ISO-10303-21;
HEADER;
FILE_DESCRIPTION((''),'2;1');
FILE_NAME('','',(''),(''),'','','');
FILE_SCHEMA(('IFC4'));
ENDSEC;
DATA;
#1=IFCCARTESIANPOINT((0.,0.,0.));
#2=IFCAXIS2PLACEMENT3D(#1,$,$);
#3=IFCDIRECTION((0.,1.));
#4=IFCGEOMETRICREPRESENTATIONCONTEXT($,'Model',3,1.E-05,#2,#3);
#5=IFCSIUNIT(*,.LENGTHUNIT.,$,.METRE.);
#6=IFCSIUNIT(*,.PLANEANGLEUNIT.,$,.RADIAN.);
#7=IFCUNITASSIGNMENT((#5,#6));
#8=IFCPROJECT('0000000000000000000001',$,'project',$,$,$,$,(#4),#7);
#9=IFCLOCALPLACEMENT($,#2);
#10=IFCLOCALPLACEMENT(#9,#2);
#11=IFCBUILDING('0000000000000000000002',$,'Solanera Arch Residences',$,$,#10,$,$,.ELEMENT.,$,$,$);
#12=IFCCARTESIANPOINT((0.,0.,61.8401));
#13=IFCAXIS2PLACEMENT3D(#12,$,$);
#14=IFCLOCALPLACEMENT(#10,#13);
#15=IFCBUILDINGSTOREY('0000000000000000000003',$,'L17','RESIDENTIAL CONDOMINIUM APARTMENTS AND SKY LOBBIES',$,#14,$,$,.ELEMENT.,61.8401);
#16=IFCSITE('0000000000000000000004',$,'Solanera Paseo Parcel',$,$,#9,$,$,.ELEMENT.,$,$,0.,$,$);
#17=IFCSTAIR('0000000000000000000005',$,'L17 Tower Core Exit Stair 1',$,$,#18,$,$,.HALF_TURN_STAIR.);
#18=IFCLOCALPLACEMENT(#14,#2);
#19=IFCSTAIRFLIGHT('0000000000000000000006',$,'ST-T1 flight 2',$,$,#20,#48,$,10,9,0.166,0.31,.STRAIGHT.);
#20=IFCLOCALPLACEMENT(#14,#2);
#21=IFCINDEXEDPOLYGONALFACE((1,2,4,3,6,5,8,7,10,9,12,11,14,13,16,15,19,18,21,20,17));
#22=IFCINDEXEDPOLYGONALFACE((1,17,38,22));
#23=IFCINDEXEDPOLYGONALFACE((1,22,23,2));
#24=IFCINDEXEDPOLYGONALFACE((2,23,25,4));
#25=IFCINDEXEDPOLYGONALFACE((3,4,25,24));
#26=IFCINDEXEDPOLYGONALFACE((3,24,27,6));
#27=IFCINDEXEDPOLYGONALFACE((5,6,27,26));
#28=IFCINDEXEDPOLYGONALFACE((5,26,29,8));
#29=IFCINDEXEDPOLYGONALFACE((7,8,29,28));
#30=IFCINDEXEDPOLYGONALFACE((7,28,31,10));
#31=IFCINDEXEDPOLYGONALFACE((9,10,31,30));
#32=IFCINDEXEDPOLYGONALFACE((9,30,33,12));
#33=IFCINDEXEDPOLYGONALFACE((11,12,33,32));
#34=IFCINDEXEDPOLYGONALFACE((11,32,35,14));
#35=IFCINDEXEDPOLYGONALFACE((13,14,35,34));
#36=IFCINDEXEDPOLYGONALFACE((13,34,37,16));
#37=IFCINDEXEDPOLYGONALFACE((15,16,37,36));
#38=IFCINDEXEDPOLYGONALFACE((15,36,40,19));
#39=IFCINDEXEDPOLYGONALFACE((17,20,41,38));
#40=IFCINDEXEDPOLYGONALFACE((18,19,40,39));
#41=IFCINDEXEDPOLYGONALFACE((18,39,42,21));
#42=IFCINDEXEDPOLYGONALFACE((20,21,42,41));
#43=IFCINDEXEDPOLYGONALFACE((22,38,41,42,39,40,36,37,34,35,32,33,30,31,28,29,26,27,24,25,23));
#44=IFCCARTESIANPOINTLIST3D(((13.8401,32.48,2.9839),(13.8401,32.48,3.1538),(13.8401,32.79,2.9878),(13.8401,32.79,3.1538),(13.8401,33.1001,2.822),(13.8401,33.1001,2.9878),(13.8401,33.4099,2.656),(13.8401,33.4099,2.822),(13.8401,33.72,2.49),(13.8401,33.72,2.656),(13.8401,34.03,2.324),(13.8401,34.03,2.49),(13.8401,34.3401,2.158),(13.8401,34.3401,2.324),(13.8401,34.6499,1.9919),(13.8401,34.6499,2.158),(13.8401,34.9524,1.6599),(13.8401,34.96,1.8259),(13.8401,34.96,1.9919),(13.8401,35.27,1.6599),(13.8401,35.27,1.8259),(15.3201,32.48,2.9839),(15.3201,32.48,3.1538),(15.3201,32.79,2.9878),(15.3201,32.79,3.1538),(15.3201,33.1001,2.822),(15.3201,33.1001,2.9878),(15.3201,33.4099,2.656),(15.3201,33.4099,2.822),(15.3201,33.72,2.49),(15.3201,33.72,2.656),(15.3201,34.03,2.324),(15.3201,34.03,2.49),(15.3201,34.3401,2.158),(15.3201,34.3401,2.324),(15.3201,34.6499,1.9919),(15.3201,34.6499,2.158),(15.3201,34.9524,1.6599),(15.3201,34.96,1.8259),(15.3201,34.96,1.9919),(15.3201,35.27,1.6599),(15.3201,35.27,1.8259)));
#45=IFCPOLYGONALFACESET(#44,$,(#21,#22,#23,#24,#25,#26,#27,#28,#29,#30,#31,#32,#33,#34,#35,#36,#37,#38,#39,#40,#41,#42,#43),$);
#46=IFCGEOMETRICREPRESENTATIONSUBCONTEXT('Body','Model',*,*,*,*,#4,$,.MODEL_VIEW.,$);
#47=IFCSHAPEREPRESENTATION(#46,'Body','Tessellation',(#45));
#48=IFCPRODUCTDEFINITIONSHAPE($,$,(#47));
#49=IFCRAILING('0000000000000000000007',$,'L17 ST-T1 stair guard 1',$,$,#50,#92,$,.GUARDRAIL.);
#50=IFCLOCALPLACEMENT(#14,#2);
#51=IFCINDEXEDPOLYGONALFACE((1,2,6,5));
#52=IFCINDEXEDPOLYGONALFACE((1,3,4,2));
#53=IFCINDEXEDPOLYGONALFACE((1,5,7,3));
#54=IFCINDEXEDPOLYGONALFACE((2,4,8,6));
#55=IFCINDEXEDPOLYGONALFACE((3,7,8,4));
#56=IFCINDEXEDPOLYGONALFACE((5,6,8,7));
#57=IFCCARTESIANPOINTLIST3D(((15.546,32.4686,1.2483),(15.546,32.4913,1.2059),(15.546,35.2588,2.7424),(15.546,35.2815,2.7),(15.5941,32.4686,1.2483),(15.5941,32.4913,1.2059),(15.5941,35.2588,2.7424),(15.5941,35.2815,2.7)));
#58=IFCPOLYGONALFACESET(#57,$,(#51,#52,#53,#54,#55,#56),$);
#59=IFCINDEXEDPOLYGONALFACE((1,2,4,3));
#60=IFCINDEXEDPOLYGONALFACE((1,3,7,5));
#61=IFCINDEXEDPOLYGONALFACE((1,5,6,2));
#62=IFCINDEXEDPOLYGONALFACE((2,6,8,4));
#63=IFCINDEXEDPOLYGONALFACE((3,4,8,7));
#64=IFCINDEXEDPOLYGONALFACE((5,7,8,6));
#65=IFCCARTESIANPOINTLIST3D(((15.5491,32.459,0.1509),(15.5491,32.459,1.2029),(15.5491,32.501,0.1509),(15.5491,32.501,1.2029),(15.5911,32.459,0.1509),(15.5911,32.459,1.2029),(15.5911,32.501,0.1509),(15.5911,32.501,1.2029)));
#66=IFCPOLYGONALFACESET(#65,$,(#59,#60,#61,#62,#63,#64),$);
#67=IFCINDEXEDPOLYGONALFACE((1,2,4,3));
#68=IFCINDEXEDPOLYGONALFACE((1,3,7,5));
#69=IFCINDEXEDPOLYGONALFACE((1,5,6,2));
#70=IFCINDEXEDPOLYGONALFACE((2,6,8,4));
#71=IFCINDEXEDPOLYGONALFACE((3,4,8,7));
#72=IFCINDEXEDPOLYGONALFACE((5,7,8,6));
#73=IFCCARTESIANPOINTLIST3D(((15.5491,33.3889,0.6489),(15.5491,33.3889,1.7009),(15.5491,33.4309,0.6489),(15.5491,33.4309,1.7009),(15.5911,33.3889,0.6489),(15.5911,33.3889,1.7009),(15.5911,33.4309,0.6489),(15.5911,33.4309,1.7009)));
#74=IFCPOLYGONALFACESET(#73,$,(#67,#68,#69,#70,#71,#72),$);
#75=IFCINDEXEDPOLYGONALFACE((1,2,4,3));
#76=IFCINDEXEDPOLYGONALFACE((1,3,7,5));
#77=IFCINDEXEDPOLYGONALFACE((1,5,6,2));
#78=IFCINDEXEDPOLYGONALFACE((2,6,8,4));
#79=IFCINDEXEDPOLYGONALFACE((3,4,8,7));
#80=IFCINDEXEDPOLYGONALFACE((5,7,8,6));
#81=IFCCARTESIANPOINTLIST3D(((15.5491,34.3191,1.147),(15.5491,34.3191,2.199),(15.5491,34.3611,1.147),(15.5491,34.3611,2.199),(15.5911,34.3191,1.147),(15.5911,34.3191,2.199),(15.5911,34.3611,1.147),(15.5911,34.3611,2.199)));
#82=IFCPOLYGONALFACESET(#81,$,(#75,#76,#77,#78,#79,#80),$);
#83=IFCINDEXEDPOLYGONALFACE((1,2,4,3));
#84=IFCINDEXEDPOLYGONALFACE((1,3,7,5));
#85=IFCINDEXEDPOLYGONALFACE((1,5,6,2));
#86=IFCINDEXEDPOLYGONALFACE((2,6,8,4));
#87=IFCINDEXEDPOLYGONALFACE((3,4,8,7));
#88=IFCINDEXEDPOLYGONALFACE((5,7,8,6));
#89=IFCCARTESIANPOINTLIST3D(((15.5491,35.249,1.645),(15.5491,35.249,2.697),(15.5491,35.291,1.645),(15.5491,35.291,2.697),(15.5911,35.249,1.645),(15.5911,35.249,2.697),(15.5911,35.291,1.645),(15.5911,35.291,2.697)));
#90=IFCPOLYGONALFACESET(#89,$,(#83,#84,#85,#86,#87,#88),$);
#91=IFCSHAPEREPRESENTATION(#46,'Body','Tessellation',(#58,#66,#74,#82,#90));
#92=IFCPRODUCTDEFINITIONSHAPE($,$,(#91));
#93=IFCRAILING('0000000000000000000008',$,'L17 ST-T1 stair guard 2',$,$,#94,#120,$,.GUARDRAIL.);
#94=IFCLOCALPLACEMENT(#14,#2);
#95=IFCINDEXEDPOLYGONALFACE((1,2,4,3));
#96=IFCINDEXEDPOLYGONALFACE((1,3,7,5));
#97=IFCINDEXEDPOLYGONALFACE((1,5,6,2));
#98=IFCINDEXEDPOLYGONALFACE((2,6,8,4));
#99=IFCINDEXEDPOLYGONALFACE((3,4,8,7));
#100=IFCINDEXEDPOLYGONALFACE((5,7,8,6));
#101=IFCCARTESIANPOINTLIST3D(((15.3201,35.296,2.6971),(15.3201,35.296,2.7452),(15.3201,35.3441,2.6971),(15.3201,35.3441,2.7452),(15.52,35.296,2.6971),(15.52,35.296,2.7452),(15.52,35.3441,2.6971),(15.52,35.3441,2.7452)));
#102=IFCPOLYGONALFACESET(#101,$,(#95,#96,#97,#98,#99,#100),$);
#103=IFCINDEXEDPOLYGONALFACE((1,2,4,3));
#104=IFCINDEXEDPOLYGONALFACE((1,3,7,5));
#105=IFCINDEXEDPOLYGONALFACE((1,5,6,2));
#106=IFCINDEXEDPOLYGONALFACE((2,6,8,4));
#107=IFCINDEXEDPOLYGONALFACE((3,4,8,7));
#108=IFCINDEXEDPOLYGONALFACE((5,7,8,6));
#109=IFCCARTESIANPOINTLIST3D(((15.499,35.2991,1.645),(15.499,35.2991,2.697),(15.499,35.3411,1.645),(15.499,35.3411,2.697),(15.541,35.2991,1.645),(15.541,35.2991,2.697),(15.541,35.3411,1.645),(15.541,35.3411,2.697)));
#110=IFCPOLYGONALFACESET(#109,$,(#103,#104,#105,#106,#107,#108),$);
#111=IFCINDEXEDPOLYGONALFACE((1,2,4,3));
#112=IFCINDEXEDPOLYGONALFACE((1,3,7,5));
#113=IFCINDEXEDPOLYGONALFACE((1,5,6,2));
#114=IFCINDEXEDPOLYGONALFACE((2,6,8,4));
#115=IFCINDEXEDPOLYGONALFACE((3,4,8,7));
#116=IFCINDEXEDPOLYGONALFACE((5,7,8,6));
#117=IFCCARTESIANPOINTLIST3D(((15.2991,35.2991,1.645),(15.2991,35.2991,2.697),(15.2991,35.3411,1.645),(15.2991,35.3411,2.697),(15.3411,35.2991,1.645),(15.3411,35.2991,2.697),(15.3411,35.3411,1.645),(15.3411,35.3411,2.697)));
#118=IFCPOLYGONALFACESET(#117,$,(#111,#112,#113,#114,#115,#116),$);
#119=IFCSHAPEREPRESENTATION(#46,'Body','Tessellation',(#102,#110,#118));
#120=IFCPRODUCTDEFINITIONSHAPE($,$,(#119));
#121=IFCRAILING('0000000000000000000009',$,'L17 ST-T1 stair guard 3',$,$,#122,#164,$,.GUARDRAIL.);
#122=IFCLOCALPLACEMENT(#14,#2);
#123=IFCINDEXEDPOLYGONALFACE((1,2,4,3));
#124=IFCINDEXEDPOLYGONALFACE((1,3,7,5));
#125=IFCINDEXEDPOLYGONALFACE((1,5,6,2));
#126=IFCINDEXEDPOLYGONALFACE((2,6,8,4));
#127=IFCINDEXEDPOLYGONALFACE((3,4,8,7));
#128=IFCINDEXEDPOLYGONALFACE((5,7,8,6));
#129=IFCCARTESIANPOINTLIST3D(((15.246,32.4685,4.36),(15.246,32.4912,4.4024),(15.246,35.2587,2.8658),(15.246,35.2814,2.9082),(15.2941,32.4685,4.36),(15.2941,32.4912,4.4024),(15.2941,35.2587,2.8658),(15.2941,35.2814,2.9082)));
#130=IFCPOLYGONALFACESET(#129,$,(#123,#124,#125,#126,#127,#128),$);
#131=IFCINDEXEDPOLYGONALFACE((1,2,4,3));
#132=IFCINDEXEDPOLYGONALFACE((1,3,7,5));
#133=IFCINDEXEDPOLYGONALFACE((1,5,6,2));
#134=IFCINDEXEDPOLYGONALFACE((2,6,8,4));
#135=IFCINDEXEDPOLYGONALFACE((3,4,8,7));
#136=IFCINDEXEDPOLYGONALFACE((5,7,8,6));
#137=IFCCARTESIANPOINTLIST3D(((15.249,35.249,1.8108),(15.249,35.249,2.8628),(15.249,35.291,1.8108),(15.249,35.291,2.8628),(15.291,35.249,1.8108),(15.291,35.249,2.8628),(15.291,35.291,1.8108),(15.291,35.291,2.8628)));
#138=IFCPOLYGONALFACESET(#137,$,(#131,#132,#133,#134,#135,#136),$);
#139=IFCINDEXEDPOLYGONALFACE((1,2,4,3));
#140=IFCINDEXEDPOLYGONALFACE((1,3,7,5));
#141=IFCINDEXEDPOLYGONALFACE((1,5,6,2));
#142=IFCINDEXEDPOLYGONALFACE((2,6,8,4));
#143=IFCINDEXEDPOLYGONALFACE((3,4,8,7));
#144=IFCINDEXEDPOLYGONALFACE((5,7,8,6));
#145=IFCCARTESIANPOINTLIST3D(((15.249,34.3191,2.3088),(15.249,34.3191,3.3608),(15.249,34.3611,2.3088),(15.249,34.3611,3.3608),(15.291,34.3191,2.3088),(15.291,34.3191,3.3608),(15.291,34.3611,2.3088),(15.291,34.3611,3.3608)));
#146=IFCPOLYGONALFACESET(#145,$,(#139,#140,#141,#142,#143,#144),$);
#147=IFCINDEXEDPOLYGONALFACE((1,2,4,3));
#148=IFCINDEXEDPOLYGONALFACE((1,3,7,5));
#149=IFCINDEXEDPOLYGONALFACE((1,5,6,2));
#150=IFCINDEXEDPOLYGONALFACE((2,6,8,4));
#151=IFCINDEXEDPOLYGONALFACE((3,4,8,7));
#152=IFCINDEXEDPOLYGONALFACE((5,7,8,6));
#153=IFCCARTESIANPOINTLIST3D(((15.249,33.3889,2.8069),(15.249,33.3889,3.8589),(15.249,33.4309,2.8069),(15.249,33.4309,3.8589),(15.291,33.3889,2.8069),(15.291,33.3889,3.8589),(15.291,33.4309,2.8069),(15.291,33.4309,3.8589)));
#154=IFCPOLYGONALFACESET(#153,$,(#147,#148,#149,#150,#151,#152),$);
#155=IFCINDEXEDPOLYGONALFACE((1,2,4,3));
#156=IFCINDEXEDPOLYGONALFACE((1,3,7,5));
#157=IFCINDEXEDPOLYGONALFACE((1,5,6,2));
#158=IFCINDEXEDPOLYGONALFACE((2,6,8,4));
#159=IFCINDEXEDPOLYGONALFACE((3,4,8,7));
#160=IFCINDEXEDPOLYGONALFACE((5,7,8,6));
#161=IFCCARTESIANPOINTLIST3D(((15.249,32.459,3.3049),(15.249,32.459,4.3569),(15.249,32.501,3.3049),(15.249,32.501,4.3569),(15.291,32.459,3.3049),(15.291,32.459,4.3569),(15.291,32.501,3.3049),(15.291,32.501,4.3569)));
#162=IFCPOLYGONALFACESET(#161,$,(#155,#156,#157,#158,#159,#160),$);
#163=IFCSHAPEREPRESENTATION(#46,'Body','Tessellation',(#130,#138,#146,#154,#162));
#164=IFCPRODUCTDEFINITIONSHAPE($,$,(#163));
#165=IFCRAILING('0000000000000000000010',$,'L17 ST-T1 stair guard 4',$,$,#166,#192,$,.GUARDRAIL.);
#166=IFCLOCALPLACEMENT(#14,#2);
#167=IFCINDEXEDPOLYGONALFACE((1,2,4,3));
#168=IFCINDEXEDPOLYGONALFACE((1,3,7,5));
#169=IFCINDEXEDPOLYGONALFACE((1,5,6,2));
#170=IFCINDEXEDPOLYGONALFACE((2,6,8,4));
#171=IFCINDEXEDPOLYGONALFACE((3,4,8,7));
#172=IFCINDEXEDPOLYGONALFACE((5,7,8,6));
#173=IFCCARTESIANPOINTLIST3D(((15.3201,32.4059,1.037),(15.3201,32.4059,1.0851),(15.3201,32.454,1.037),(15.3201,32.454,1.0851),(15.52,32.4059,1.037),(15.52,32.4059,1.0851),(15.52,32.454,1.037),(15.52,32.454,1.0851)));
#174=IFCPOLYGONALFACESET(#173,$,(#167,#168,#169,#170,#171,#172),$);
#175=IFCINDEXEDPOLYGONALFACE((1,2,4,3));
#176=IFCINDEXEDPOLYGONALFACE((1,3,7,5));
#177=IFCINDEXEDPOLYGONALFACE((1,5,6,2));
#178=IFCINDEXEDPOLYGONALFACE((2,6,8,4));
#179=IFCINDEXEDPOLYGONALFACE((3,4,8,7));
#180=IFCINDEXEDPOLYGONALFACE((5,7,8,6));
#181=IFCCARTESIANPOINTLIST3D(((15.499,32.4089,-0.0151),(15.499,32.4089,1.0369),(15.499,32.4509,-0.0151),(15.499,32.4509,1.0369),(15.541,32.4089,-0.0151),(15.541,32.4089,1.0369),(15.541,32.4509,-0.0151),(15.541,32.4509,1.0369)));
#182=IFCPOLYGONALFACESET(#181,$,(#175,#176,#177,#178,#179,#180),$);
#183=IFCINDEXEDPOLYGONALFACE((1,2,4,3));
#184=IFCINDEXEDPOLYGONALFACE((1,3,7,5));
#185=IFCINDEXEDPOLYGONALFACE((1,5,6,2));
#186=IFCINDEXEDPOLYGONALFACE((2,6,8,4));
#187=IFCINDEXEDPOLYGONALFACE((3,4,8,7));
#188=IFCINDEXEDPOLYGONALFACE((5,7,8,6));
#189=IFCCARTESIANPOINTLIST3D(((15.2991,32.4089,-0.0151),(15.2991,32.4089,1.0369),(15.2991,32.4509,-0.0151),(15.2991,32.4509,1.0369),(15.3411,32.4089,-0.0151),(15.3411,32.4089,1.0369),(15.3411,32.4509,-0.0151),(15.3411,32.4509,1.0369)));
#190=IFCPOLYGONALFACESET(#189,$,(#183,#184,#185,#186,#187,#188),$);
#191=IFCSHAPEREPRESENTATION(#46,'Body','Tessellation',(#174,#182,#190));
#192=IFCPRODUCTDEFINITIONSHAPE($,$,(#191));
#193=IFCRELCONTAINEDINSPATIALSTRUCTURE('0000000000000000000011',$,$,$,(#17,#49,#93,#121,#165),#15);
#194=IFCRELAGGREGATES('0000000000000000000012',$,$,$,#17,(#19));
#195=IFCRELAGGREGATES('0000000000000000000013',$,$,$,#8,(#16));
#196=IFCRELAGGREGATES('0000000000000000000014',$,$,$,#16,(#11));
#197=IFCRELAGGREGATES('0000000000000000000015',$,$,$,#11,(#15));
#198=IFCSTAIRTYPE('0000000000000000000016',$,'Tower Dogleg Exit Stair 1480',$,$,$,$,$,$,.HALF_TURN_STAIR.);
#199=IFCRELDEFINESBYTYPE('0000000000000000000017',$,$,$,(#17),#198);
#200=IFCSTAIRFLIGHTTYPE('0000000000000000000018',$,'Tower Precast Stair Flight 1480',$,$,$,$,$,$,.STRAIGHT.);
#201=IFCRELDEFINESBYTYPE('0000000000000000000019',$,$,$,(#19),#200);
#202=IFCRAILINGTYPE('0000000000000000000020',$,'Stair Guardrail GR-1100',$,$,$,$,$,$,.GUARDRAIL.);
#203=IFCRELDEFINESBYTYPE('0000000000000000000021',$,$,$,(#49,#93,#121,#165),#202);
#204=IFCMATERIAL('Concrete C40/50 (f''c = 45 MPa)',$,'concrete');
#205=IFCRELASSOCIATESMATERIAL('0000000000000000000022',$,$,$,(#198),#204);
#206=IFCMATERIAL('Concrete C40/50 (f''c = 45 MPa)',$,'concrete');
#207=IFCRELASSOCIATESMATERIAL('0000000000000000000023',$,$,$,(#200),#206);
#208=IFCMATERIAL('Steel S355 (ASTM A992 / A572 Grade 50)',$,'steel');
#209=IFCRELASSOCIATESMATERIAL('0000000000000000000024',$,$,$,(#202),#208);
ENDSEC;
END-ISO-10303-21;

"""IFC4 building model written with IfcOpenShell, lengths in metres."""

from ifc_helpers import new_model, si_unit, direction, frame, origin, origin_2d, place, context, subcontext, project, spatial, polyline, rectangle, outline, extrude, material, type_object, element, aggregate, save


model = new_model("IFC4")

# Units and contexts
model_context = context("Model", 3, precision=1e-05, world=origin(), true_north=direction((0.0, 1.0)))
body_context = subcontext(model_context, "Body", "Model", "MODEL_VIEW")
ifc_project = project(units=[si_unit("LENGTHUNIT", "METRE"), si_unit("PLANEANGLEUNIT", "RADIAN")], contexts=[model_context])

# Site, building, storey
site_placement = place(None, origin())
site = spatial("IfcSite", under=ifc_project, at=site_placement, Name="Solanera Paseo Parcel", CompositionType="ELEMENT", RefElevation=0.0)
building_placement = place(site_placement, origin())
building = spatial("IfcBuilding", under=site, at=building_placement, Name="Solanera Arch Residences", CompositionType="ELEMENT")
storey_placement = place(building_placement, frame((0.0, 0.0, 61.8401)))
storey = spatial("IfcBuildingStorey", under=building, at=storey_placement, Name="L17", Description="RESIDENTIAL CONDOMINIUM APARTMENTS AND SKY LOBBIES", CompositionType="ELEMENT", Elevation=61.8401)

# Stair, stair flight
ifc_material_1 = material(Name="Concrete C40/50 (f'c = 45 MPa)", Category="concrete")
stair_type = type_object("IfcStairType", Name="Tower Dogleg Exit Stair 1480", PredefinedType="HALF_TURN_STAIR", material=ifc_material_1)
stair_placement = place(storey_placement, origin())
stair = element("IfcStair", 1, at=stair_placement, inside=storey, type_object=stair_type, Name="L17 Tower Core Exit Stair 1", PredefinedType="HALF_TURN_STAIR")
ifc_material_2 = material(Name="Concrete C40/50 (f'c = 45 MPa)", Category="concrete")
stair_flight_type = type_object("IfcStairFlightType", Name="Tower Precast Stair Flight 1480", PredefinedType="STRAIGHT", material=ifc_material_2)
stair_flight_1_placement = place(storey_placement, frame((14.5801, 35.27, 1.6599), z_axis=(0.0, 0.0, 1.0), x_axis=(0.0, -1.0, 0.0)))
stair_flight_1 = element("IfcStairFlight", 2, at=stair_flight_1_placement, type_object=stair_flight_type, Name="ST-T1 flight 2", NumberOfRisers=10, NumberOfTreads=9, PredefinedType="STRAIGHT", RiserHeight=0.166, TreadLength=0.31, context=body_context, shape_type="SweptSolid", body=[
    extrude(outline(polyline([(0.0, 0.0), (0.0, 0.166), (0.3101, 0.166), (0.3101, 0.332), (0.6201, 0.332), (0.6201, 0.498), (0.9299, 0.498), (0.9299, 0.6641), (1.24, 0.6641), (1.24, 0.8301), (1.55, 0.8301), (1.55, 0.9961), (1.8601, 0.9961), (1.8601, 1.1621), (2.1699, 1.1621), (2.1699, 1.3279), (2.48, 1.3279), (2.48, 1.4939), (2.79, 1.4939), (2.79, 1.6599), (2.79, 1.324), (0.3176, 0.0), (0.0, 0.0)])), frame((0.0, 0.74, 0.0), z_axis=(0.0, -1.0, 0.0), x_axis=(1.0, 0.0, 0.0)), (0.0, 0.0, 1.0), 1.48),
])
aggregate(stair, [stair_flight_1])

# Railings
ifc_material_3 = material(Name="Steel S355 (ASTM A992 / A572 Grade 50)", Category="steel")
railing_type_1 = type_object("IfcRailingType", Name="Stair Guardrail GR-1100", PredefinedType="GUARDRAIL", material=ifc_material_3)
railing_1_placement = place(storey_placement, frame((15.5701, 32.48, 0.1509)))
element("IfcRailing", 3, at=railing_1_placement, inside=storey, type_object=railing_type_1, Name="L17 ST-T1 stair guard 1", PredefinedType="GUARDRAIL", context=body_context, shape_type="SweptSolid", body=[
    extrude(rectangle(XDim=0.0481, YDim=0.0481, at=origin_2d()), frame((0.0, 0.0, 1.0762), z_axis=(0.0, 0.881549, 0.472093), x_axis=(-1.0, 0.0, 0.0)), (0.0, 0.0, 1.0), 3.165),
    extrude(rectangle(XDim=0.042, YDim=0.042, at=origin_2d()), origin(), (0.0, 0.0, 1.0), 1.052),
    extrude(rectangle(XDim=0.042, YDim=0.042, at=origin_2d()), frame((0.0, 0.9299, 0.498)), (0.0, 0.0, 1.0), 1.052),
    extrude(rectangle(XDim=0.042, YDim=0.042, at=origin_2d()), frame((0.0, 1.8601, 0.9961)), (0.0, 0.0, 1.0), 1.052),
    extrude(rectangle(XDim=0.042, YDim=0.042, at=origin_2d()), frame((0.0, 2.79, 1.4941)), (0.0, 0.0, 1.0), 1.052),
])
railing_2_placement = place(storey_placement, frame((15.52, 35.3201, 1.645)))
element("IfcRailing", 4, at=railing_2_placement, inside=storey, type_object=railing_type_1, Name="L17 ST-T1 stair guard 2", PredefinedType="GUARDRAIL", context=body_context, shape_type="SweptSolid", body=[
    extrude(rectangle(XDim=0.0481, YDim=0.0481, at=origin_2d()), frame((0.0, 0.0, 1.0762), z_axis=(-1.0, 0.0, 0.0), x_axis=(0.0, -1.0, 0.0)), (0.0, 0.0, 1.0), 0.2),
    extrude(rectangle(XDim=0.042, YDim=0.042, at=origin_2d()), origin(), (0.0, 0.0, 1.0), 1.052),
    extrude(rectangle(XDim=0.042, YDim=0.042, at=origin_2d()), frame((-0.2, 0.0, 0.0)), (0.0, 0.0, 1.0), 1.052),
])
railing_3_placement = place(storey_placement, frame((15.27, 35.27, 1.8108)))
element("IfcRailing", 5, at=railing_3_placement, inside=storey, type_object=railing_type_1, Name="L17 ST-T1 stair guard 3", PredefinedType="GUARDRAIL", context=body_context, shape_type="SweptSolid", body=[
    extrude(rectangle(XDim=0.0481, YDim=0.0481, at=origin_2d()), frame((0.0, 0.0, 1.0762), z_axis=(0.0, -0.881549, 0.472093), x_axis=(1.0, 0.0, 0.0)), (0.0, 0.0, 1.0), 3.165),
    extrude(rectangle(XDim=0.042, YDim=0.042, at=origin_2d()), origin(), (0.0, 0.0, 1.0), 1.052),
    extrude(rectangle(XDim=0.042, YDim=0.042, at=origin_2d()), frame((0.0, -0.9299, 0.498)), (0.0, 0.0, 1.0), 1.052),
    extrude(rectangle(XDim=0.042, YDim=0.042, at=origin_2d()), frame((0.0, -1.8601, 0.9961)), (0.0, 0.0, 1.0), 1.052),
    extrude(rectangle(XDim=0.042, YDim=0.042, at=origin_2d()), frame((0.0, -2.79, 1.4941)), (0.0, 0.0, 1.0), 1.052),
])
railing_4_placement = place(storey_placement, frame((15.52, 32.4299, -0.0151)))
element("IfcRailing", 6, at=railing_4_placement, inside=storey, type_object=railing_type_1, Name="L17 ST-T1 stair guard 4", PredefinedType="GUARDRAIL", context=body_context, shape_type="SweptSolid", body=[
    extrude(rectangle(XDim=0.0481, YDim=0.0481, at=origin_2d()), frame((0.0, 0.0, 1.0762), z_axis=(-1.0, 0.0, 0.0), x_axis=(0.0, -1.0, 0.0)), (0.0, 0.0, 1.0), 0.2),
    extrude(rectangle(XDim=0.042, YDim=0.042, at=origin_2d()), origin(), (0.0, 0.0, 1.0), 1.052),
    extrude(rectangle(XDim=0.042, YDim=0.042, at=origin_2d()), frame((-0.2, 0.0, 0.0)), (0.0, 0.0, 1.0), 1.052),
])

save(model, "model.ifc")
